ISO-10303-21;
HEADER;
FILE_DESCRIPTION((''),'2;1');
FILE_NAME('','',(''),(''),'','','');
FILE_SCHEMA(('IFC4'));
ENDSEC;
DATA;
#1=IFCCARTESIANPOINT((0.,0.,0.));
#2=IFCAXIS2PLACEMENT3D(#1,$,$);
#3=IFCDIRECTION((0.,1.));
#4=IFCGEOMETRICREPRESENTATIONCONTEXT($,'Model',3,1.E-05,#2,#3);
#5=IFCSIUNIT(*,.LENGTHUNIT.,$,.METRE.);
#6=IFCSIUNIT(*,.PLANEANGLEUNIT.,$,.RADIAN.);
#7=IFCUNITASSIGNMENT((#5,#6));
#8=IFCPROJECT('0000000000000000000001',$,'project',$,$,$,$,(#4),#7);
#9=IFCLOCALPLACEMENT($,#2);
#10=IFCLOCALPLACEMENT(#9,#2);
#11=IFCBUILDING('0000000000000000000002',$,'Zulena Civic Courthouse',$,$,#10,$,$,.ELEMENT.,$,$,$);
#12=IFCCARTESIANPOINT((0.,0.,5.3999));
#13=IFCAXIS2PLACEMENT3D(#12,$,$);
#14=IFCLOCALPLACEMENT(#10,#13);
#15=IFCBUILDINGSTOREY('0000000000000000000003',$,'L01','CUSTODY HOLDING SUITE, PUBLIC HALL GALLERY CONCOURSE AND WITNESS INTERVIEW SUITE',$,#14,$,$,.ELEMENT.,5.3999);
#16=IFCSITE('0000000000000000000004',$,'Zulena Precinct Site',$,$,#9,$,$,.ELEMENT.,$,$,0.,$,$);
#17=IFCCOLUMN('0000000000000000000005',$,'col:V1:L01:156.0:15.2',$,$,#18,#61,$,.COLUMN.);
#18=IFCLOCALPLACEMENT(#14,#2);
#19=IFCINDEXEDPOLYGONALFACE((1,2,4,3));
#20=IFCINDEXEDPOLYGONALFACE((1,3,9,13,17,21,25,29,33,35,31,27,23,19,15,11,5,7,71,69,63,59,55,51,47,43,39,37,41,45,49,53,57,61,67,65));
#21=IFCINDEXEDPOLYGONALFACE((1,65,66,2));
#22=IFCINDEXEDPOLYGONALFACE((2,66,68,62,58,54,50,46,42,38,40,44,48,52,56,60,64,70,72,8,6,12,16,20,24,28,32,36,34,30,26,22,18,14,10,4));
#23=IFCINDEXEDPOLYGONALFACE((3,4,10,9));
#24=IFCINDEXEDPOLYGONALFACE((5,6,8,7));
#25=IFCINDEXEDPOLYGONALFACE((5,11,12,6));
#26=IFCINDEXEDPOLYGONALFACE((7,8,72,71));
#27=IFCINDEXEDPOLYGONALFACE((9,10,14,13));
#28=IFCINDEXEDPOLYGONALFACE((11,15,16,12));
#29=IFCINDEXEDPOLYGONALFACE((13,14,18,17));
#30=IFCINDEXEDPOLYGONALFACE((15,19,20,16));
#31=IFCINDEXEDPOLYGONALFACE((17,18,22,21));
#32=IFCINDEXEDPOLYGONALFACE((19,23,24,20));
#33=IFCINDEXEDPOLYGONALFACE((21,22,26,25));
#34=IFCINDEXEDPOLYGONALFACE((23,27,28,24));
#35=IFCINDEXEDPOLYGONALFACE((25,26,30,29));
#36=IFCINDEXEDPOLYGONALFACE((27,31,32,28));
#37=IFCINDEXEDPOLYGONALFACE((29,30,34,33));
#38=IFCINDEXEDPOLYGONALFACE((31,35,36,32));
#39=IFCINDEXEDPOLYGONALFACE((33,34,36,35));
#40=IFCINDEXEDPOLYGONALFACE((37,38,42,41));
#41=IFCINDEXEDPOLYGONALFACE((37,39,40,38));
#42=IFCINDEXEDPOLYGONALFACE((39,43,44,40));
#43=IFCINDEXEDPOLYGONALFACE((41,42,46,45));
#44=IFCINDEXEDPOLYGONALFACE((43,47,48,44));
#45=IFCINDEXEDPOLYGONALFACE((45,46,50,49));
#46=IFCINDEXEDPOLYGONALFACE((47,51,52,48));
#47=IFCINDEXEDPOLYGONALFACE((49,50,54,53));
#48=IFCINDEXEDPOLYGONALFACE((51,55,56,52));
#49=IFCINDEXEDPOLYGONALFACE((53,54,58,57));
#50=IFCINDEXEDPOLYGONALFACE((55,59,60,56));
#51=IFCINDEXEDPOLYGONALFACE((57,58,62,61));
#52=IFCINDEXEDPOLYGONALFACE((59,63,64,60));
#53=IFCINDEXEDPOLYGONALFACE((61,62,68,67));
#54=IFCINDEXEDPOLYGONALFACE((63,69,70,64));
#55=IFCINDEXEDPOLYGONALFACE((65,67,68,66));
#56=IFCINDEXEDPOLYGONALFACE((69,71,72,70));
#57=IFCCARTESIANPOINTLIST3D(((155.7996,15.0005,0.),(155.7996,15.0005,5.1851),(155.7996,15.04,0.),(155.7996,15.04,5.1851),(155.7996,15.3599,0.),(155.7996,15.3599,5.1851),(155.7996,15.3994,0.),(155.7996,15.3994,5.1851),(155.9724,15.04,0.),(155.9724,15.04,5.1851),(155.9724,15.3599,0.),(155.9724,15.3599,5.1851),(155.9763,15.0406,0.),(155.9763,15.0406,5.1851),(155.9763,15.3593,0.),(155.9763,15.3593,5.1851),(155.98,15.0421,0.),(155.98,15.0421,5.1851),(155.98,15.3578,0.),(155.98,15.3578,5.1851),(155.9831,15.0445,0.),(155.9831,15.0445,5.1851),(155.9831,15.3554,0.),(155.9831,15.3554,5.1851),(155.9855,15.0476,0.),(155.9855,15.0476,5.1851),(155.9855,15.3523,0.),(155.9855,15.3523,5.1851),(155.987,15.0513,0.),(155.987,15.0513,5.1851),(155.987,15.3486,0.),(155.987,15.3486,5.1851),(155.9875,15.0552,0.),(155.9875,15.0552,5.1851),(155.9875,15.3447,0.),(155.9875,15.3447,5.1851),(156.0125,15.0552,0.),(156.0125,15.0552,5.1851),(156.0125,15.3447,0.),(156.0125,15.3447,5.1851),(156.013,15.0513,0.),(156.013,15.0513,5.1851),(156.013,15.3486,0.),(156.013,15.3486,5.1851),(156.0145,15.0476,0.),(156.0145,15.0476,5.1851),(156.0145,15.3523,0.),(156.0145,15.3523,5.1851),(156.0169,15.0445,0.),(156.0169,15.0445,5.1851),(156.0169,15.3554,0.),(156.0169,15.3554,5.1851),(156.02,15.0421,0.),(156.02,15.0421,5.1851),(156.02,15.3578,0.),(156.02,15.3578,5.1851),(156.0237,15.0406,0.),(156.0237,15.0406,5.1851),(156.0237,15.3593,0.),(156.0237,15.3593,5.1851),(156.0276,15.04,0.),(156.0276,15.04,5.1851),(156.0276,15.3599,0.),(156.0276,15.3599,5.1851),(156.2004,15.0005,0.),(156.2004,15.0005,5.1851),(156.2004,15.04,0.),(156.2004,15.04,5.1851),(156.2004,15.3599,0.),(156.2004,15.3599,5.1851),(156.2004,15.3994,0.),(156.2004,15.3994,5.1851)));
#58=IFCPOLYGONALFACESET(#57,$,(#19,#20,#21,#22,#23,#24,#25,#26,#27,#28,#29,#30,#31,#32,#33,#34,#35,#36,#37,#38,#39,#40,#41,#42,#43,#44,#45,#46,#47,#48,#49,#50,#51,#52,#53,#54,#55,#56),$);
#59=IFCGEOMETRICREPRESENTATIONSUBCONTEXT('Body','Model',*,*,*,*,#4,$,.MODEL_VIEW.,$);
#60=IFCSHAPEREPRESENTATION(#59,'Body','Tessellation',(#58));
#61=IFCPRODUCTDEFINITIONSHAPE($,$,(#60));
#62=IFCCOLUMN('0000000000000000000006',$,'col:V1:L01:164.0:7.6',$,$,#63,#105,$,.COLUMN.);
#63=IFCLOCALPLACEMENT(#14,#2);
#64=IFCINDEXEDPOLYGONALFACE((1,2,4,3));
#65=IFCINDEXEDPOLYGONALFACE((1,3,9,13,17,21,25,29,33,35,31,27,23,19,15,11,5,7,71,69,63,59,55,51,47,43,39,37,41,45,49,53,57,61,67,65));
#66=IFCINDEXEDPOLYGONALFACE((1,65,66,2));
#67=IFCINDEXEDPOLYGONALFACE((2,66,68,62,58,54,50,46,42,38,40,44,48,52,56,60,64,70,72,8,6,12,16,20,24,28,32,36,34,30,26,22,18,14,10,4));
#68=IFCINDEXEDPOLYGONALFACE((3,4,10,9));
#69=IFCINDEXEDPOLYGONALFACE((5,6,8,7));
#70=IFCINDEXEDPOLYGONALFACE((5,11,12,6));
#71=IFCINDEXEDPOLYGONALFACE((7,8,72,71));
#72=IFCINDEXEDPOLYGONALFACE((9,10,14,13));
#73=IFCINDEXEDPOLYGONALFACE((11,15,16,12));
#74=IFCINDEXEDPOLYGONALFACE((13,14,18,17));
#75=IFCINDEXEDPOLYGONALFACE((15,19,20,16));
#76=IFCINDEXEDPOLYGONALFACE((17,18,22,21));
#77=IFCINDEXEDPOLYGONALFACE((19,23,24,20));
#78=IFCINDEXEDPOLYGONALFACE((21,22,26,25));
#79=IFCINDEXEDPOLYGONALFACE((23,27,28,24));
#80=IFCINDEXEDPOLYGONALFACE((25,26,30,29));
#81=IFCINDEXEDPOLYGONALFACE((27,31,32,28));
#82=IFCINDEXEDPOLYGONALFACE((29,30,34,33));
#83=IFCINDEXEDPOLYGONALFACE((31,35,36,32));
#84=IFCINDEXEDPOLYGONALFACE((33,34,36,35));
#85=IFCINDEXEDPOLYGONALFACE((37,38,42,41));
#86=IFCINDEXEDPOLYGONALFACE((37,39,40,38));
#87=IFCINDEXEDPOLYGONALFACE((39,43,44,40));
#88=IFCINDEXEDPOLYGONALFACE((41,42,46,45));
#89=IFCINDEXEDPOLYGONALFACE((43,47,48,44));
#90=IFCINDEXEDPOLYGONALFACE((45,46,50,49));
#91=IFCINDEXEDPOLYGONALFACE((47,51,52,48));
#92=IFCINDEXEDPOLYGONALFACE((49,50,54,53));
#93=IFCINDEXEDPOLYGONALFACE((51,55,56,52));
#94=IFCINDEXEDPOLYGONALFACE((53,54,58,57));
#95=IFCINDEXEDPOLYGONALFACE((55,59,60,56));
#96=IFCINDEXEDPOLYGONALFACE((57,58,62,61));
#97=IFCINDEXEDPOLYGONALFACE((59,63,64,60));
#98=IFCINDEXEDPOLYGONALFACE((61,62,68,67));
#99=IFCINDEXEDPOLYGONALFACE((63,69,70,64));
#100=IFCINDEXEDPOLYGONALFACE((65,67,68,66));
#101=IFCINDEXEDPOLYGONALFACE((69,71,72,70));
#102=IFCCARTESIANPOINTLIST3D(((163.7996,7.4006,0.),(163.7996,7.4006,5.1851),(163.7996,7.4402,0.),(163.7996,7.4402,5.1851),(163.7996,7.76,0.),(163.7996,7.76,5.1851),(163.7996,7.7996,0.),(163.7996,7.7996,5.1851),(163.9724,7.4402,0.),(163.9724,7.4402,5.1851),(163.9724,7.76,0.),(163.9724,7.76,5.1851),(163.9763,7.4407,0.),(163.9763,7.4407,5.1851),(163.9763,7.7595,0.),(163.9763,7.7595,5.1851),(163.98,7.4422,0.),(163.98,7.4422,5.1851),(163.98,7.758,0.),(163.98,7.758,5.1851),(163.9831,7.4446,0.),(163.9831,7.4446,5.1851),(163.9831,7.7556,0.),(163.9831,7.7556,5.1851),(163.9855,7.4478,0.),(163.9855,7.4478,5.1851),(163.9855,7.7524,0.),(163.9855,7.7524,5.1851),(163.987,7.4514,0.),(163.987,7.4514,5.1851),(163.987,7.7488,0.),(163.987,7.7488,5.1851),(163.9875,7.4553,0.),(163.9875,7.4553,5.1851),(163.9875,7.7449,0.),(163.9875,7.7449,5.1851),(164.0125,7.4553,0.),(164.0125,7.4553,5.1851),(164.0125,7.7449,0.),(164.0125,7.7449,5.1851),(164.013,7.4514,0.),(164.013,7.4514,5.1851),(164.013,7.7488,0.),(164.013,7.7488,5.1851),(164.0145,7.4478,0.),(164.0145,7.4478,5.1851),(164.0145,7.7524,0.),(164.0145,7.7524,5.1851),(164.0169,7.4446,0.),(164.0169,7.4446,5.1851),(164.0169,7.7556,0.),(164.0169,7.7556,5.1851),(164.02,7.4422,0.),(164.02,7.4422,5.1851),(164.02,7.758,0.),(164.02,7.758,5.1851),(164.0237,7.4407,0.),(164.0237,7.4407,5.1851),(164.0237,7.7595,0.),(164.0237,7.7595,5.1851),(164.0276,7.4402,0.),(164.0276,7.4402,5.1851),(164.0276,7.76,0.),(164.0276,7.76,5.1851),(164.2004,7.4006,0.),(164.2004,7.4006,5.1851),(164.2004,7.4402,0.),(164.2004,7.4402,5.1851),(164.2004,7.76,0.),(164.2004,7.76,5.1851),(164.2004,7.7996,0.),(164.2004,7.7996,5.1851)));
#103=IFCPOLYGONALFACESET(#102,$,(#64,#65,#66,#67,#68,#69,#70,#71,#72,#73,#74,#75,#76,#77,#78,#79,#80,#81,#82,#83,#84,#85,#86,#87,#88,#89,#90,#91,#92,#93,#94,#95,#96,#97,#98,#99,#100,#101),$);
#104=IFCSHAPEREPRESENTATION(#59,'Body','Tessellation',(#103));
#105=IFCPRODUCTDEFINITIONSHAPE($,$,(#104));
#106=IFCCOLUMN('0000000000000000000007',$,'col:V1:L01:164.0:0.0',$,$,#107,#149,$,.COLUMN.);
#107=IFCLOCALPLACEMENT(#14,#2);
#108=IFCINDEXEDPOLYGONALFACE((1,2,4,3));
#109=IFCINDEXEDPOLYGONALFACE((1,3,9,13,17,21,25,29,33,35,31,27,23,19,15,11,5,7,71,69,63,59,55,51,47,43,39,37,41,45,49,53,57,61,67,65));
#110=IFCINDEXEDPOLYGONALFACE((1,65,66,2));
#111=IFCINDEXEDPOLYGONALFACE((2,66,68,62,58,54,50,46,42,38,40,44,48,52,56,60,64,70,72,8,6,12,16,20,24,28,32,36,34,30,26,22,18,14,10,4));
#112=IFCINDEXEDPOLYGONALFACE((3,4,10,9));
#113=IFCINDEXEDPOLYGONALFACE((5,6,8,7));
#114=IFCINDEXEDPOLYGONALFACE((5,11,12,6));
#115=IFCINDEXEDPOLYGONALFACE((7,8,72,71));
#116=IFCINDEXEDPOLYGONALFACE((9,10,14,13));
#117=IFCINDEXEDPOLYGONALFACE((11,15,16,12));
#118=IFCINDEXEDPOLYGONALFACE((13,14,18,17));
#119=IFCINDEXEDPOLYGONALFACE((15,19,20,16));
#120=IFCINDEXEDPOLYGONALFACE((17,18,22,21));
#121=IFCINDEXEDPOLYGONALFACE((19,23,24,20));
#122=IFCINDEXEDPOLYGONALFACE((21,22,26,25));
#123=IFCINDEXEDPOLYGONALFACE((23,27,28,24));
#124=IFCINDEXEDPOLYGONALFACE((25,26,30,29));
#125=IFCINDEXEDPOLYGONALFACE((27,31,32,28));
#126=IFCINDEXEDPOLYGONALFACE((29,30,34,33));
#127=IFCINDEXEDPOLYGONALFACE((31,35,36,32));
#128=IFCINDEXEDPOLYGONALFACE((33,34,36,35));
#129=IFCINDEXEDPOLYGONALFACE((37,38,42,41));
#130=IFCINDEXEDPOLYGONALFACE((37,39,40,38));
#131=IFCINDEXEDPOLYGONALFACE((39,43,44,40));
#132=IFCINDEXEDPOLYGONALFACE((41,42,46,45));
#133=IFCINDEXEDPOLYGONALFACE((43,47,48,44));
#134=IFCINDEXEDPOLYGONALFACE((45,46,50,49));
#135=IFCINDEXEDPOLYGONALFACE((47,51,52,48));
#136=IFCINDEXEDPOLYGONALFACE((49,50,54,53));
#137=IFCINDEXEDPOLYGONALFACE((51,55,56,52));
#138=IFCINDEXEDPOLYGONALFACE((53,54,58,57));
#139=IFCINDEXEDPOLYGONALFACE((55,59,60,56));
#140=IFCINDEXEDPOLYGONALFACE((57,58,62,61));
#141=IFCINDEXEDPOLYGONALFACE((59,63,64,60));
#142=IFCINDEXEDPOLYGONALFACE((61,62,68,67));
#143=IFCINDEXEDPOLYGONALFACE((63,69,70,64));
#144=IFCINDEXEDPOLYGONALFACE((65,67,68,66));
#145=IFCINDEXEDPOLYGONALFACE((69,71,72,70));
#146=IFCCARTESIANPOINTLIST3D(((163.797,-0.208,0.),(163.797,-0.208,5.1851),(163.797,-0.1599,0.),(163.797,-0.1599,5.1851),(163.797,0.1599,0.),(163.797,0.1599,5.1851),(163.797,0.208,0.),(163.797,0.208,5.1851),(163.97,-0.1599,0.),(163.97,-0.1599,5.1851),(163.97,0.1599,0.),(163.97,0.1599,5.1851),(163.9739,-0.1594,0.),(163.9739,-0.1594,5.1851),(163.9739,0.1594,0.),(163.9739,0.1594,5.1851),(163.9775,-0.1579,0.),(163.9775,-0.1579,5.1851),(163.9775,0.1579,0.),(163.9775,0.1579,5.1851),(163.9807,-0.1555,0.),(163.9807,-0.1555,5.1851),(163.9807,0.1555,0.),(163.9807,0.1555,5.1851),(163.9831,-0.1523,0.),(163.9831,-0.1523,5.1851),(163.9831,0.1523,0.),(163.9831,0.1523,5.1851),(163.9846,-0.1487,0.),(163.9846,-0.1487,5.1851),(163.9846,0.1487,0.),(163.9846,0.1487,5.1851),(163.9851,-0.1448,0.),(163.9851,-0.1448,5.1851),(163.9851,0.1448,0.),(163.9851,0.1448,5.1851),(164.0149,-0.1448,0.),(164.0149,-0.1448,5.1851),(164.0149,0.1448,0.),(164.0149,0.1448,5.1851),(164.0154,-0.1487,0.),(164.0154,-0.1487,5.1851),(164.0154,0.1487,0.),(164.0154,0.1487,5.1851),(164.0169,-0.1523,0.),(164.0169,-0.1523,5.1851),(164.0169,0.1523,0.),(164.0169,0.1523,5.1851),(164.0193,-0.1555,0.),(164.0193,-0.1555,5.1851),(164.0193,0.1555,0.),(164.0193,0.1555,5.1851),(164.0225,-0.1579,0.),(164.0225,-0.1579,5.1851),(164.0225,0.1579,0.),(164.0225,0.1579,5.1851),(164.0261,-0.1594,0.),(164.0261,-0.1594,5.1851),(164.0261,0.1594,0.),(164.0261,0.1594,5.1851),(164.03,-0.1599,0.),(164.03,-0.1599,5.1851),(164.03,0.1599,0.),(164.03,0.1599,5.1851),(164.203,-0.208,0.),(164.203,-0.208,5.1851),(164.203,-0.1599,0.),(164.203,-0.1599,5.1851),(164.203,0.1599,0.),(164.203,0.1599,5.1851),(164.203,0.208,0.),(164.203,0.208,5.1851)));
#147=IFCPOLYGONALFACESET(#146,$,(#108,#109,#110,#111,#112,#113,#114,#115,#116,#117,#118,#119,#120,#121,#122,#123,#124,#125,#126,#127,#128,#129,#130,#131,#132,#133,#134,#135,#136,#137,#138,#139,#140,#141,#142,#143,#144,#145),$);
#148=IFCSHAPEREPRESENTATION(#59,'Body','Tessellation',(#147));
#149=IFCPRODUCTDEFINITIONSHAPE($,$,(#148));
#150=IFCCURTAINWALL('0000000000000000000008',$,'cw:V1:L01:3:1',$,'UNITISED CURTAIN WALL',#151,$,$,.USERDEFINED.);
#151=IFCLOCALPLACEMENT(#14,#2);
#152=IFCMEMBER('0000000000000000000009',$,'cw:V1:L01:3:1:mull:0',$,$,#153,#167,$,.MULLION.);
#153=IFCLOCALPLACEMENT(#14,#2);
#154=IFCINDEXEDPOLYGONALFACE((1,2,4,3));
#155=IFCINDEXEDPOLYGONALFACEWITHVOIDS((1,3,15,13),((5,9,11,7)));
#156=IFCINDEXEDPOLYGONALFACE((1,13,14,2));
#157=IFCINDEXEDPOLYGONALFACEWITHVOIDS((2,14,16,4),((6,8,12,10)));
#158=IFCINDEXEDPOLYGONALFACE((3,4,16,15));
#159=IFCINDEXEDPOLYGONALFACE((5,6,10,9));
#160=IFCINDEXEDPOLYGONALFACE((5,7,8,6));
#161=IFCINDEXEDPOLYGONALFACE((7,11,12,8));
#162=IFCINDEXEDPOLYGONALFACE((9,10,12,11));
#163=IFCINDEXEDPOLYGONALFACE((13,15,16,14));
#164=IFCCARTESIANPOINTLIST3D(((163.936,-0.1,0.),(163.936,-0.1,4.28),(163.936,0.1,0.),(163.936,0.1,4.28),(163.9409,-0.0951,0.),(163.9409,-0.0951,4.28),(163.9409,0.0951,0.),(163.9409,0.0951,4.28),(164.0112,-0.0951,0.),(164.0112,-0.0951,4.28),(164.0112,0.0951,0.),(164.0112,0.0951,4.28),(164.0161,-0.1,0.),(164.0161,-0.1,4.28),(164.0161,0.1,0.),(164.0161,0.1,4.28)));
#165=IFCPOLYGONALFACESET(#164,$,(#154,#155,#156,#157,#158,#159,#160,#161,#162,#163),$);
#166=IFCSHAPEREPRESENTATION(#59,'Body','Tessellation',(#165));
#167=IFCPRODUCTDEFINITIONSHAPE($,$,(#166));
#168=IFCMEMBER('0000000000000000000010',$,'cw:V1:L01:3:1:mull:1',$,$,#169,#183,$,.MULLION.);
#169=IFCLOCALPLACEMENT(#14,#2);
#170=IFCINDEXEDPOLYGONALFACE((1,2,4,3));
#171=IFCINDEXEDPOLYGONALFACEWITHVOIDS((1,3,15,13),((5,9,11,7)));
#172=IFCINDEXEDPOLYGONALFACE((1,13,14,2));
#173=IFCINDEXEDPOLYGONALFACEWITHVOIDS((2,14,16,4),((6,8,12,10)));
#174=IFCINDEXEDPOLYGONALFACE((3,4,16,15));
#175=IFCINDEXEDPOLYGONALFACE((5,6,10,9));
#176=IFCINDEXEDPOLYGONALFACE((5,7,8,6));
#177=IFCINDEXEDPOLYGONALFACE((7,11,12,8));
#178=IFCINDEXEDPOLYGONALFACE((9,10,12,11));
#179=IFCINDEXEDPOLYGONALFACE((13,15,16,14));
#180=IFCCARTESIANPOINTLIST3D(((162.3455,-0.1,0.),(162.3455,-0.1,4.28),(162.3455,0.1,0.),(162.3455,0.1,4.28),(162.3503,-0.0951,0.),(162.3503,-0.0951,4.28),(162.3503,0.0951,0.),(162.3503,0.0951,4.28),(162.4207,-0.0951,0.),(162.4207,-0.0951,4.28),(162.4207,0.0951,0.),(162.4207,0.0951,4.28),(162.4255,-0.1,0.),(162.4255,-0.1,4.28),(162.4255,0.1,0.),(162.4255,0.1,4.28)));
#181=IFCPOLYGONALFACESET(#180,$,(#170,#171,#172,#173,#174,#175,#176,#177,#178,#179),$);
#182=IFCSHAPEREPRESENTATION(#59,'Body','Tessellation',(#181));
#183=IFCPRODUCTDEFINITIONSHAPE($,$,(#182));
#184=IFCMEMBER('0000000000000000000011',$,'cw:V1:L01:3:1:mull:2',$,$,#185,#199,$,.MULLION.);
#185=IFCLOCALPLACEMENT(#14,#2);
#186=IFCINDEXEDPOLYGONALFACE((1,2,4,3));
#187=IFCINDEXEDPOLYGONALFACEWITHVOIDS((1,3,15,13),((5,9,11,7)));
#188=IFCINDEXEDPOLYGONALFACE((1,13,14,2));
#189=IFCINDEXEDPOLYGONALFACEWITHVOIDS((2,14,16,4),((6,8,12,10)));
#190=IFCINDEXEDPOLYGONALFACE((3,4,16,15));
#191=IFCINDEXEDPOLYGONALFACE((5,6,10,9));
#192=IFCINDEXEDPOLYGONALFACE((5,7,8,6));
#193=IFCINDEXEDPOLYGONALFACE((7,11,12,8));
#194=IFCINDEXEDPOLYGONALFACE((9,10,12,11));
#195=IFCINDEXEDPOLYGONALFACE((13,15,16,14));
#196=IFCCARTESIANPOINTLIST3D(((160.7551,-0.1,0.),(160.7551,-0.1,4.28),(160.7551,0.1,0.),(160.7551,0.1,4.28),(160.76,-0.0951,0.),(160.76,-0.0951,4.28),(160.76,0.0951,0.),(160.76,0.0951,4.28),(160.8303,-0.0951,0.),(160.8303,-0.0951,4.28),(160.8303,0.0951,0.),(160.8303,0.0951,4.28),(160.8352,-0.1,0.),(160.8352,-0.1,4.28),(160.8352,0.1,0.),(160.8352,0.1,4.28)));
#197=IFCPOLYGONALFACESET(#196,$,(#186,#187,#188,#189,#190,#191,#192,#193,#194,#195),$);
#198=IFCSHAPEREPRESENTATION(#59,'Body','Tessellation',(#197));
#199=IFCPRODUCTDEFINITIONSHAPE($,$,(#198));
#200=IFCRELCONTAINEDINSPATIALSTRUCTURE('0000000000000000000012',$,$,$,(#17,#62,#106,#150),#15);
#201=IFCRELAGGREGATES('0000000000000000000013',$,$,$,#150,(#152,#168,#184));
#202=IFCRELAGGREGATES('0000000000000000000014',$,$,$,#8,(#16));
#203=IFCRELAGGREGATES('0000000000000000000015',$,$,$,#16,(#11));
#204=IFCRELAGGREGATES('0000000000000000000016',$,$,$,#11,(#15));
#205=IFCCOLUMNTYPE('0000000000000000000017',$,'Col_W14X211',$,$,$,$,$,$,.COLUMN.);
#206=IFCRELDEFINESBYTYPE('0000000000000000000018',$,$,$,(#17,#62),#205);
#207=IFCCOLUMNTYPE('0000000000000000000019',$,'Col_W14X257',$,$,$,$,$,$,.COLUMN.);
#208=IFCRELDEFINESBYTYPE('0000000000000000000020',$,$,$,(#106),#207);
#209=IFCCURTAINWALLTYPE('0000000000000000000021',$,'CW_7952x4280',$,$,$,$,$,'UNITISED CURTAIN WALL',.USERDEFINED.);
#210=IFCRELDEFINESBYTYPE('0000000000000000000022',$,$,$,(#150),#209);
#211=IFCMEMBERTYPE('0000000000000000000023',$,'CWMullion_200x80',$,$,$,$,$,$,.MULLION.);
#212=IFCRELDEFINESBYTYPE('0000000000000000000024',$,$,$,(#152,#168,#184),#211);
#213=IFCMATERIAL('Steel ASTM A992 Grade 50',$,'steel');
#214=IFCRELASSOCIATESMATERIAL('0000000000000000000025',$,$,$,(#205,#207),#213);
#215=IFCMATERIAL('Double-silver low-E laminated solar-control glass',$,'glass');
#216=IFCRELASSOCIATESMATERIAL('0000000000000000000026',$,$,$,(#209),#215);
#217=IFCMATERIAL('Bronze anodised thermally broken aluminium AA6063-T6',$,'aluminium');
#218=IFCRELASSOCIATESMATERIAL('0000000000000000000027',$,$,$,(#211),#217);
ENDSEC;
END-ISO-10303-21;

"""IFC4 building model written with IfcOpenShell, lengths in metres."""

from ifc_helpers import new_model, si_unit, direction, frame, origin, origin_2d, place, context, subcontext, project, spatial, hollow_rectangle, i_section, extrude, material, material_profile, profile_set, type_object, element, aggregate, save


model = new_model("IFC4")

# Units and contexts
model_context = context("Model", 3, precision=1e-05, world=origin(), true_north=direction((0.0, 1.0)))
body_context = subcontext(model_context, "Body", "Model", "MODEL_VIEW")
ifc_project = project(units=[si_unit("LENGTHUNIT", "METRE"), si_unit("PLANEANGLEUNIT", "RADIAN")], contexts=[model_context])

# Site, building, storey
site_placement = place(None, origin())
site = spatial("IfcSite", under=ifc_project, at=site_placement, Name="Zulena Precinct Site", CompositionType="ELEMENT", RefElevation=0.0)
building_placement = place(site_placement, origin())
building = spatial("IfcBuilding", under=site, at=building_placement, Name="Zulena Civic Courthouse", CompositionType="ELEMENT")
storey_placement = place(building_placement, frame((0.0, 0.0, 5.3999)))
storey = spatial("IfcBuildingStorey", under=building, at=storey_placement, Name="L01", Description="CUSTODY HOLDING SUITE, PUBLIC HALL GALLERY CONCOURSE AND WITNESS INTERVIEW SUITE", CompositionType="ELEMENT", Elevation=5.3999)

# Columns
ifc_material_1 = material(Name="Steel ASTM A992 Grade 50", Category="steel")
ifc_material_profile_1 = material_profile(ifc_material_1, i_section(OverallWidth=0.4009, OverallDepth=0.3989, WebThickness=0.0249, FlangeThickness=0.0396, FilletRadius=0.0151, at=origin_2d()), Name="W14X211")
ifc_profile_set_1 = profile_set([ifc_material_profile_1], Name="Steel ASTM A992 Grade 50")
column_type_1 = type_object("IfcColumnType", Name="Col_W14X211", PredefinedType="COLUMN", material=ifc_profile_set_1)
for number, where, z_axis, x_axis, name in (
    (1, (156.0, 15.2, 0.0), (0.0, 0.0, 1.0), (1.0, 0.0, 0.0), "col:V1:L01:156.0:15.2"),
    (2, (164.0, 7.6001, 0.0), (0.0, 0.0, 1.0), (1.0, 0.0, 0.0), "col:V1:L01:164.0:7.6"),
):
    element("IfcColumn", number, at=place(storey_placement, frame(where, z_axis=z_axis, x_axis=x_axis)), inside=storey, type_object=column_type_1, Name=name, PredefinedType="COLUMN", context=body_context, shape_type="SweptSolid", body=[
        extrude(i_section(OverallWidth=0.4009, OverallDepth=0.3989, WebThickness=0.0249, FlangeThickness=0.0396, FilletRadius=0.0151, at=origin_2d()), origin(), (0.0, 0.0, 1.0), 5.1851),
    ])
ifc_material_profile_2 = material_profile(ifc_material_1, i_section(OverallWidth=0.406, OverallDepth=0.416, WebThickness=0.0298, FlangeThickness=0.0481, FilletRadius=0.0151, at=origin_2d()), Name="W14X257")
ifc_profile_set_2 = profile_set([ifc_material_profile_2], Name="Steel ASTM A992 Grade 50")
column_type_2 = type_object("IfcColumnType", Name="Col_W14X257", PredefinedType="COLUMN", material=ifc_profile_set_2)
column_placement = place(storey_placement, frame((164.0, 0.0, 0.0), z_axis=(0.0, 0.0, 1.0), x_axis=(1.0, 0.0, 0.0)))
element("IfcColumn", 3, at=column_placement, inside=storey, type_object=column_type_2, Name="col:V1:L01:164.0:0.0", PredefinedType="COLUMN", context=body_context, shape_type="SweptSolid", body=[
    extrude(i_section(OverallWidth=0.406, OverallDepth=0.416, WebThickness=0.0298, FlangeThickness=0.0481, FilletRadius=0.0151, at=origin_2d()), origin(), (0.0, 0.0, 1.0), 5.1851),
])

# Curtain wall, members
ifc_material_2 = material(Name="Double-silver low-E laminated solar-control glass", Category="glass")
curtain_wall_type = type_object("IfcCurtainWallType", Name="CW_7952x4280", ElementType="UNITISED CURTAIN WALL", PredefinedType="USERDEFINED", material=ifc_material_2)
curtain_wall_placement = place(storey_placement, origin())
curtain_wall = element("IfcCurtainWall", 4, at=curtain_wall_placement, inside=storey, type_object=curtain_wall_type, Name="cw:V1:L01:3:1", ObjectType="UNITISED CURTAIN WALL", PredefinedType="USERDEFINED")
ifc_material_3 = material(Name="Bronze anodised thermally broken aluminium AA6063-T6", Category="aluminium")
ifc_material_profile_3 = material_profile(ifc_material_3, hollow_rectangle(XDim=0.0801, YDim=0.2, WallThickness=0.0049, at=origin_2d()), Name="CWM200X80X5")
ifc_profile_set_3 = profile_set([ifc_material_profile_3], Name="Bronze anodised thermally broken aluminium AA6063-T6")
member_type_1 = type_object("IfcMemberType", Name="CWMullion_200x80", PredefinedType="MULLION", material=ifc_profile_set_3)
member_1_placement = place(storey_placement, frame((163.9761, 0.0, 0.0), z_axis=(0.0, 0.0, 1.0), x_axis=(1.0, 0.0, 0.0)))
member_1 = element("IfcMember", 5, at=member_1_placement, type_object=member_type_1, Name="cw:V1:L01:3:1:mull:0", PredefinedType="MULLION", context=body_context, shape_type="SweptSolid", body=[
    extrude(hollow_rectangle(XDim=0.0801, YDim=0.2, WallThickness=0.0049, at=origin_2d()), origin(), (0.0, 0.0, 1.0), 4.28),
])
member_2_placement = place(storey_placement, frame((162.3855, 0.0, 0.0), z_axis=(0.0, 0.0, 1.0), x_axis=(1.0, 0.0, 0.0)))
member_2 = element("IfcMember", 6, at=member_2_placement, type_object=member_type_1, Name="cw:V1:L01:3:1:mull:1", PredefinedType="MULLION", context=body_context, shape_type="SweptSolid", body=[
    extrude(hollow_rectangle(XDim=0.0801, YDim=0.2, WallThickness=0.0049, at=origin_2d()), origin(), (0.0, 0.0, 1.0), 4.28),
])
member_3_placement = place(storey_placement, frame((160.7952, 0.0, 0.0), z_axis=(0.0, 0.0, 1.0), x_axis=(1.0, 0.0, 0.0)))
member_3 = element("IfcMember", 7, at=member_3_placement, type_object=member_type_1, Name="cw:V1:L01:3:1:mull:2", PredefinedType="MULLION", context=body_context, shape_type="SweptSolid", body=[
    extrude(hollow_rectangle(XDim=0.0801, YDim=0.2, WallThickness=0.0049, at=origin_2d()), origin(), (0.0, 0.0, 1.0), 4.28),
])

aggregate(curtain_wall, [member_1, member_2, member_3])

save(model, "model.ifc")
